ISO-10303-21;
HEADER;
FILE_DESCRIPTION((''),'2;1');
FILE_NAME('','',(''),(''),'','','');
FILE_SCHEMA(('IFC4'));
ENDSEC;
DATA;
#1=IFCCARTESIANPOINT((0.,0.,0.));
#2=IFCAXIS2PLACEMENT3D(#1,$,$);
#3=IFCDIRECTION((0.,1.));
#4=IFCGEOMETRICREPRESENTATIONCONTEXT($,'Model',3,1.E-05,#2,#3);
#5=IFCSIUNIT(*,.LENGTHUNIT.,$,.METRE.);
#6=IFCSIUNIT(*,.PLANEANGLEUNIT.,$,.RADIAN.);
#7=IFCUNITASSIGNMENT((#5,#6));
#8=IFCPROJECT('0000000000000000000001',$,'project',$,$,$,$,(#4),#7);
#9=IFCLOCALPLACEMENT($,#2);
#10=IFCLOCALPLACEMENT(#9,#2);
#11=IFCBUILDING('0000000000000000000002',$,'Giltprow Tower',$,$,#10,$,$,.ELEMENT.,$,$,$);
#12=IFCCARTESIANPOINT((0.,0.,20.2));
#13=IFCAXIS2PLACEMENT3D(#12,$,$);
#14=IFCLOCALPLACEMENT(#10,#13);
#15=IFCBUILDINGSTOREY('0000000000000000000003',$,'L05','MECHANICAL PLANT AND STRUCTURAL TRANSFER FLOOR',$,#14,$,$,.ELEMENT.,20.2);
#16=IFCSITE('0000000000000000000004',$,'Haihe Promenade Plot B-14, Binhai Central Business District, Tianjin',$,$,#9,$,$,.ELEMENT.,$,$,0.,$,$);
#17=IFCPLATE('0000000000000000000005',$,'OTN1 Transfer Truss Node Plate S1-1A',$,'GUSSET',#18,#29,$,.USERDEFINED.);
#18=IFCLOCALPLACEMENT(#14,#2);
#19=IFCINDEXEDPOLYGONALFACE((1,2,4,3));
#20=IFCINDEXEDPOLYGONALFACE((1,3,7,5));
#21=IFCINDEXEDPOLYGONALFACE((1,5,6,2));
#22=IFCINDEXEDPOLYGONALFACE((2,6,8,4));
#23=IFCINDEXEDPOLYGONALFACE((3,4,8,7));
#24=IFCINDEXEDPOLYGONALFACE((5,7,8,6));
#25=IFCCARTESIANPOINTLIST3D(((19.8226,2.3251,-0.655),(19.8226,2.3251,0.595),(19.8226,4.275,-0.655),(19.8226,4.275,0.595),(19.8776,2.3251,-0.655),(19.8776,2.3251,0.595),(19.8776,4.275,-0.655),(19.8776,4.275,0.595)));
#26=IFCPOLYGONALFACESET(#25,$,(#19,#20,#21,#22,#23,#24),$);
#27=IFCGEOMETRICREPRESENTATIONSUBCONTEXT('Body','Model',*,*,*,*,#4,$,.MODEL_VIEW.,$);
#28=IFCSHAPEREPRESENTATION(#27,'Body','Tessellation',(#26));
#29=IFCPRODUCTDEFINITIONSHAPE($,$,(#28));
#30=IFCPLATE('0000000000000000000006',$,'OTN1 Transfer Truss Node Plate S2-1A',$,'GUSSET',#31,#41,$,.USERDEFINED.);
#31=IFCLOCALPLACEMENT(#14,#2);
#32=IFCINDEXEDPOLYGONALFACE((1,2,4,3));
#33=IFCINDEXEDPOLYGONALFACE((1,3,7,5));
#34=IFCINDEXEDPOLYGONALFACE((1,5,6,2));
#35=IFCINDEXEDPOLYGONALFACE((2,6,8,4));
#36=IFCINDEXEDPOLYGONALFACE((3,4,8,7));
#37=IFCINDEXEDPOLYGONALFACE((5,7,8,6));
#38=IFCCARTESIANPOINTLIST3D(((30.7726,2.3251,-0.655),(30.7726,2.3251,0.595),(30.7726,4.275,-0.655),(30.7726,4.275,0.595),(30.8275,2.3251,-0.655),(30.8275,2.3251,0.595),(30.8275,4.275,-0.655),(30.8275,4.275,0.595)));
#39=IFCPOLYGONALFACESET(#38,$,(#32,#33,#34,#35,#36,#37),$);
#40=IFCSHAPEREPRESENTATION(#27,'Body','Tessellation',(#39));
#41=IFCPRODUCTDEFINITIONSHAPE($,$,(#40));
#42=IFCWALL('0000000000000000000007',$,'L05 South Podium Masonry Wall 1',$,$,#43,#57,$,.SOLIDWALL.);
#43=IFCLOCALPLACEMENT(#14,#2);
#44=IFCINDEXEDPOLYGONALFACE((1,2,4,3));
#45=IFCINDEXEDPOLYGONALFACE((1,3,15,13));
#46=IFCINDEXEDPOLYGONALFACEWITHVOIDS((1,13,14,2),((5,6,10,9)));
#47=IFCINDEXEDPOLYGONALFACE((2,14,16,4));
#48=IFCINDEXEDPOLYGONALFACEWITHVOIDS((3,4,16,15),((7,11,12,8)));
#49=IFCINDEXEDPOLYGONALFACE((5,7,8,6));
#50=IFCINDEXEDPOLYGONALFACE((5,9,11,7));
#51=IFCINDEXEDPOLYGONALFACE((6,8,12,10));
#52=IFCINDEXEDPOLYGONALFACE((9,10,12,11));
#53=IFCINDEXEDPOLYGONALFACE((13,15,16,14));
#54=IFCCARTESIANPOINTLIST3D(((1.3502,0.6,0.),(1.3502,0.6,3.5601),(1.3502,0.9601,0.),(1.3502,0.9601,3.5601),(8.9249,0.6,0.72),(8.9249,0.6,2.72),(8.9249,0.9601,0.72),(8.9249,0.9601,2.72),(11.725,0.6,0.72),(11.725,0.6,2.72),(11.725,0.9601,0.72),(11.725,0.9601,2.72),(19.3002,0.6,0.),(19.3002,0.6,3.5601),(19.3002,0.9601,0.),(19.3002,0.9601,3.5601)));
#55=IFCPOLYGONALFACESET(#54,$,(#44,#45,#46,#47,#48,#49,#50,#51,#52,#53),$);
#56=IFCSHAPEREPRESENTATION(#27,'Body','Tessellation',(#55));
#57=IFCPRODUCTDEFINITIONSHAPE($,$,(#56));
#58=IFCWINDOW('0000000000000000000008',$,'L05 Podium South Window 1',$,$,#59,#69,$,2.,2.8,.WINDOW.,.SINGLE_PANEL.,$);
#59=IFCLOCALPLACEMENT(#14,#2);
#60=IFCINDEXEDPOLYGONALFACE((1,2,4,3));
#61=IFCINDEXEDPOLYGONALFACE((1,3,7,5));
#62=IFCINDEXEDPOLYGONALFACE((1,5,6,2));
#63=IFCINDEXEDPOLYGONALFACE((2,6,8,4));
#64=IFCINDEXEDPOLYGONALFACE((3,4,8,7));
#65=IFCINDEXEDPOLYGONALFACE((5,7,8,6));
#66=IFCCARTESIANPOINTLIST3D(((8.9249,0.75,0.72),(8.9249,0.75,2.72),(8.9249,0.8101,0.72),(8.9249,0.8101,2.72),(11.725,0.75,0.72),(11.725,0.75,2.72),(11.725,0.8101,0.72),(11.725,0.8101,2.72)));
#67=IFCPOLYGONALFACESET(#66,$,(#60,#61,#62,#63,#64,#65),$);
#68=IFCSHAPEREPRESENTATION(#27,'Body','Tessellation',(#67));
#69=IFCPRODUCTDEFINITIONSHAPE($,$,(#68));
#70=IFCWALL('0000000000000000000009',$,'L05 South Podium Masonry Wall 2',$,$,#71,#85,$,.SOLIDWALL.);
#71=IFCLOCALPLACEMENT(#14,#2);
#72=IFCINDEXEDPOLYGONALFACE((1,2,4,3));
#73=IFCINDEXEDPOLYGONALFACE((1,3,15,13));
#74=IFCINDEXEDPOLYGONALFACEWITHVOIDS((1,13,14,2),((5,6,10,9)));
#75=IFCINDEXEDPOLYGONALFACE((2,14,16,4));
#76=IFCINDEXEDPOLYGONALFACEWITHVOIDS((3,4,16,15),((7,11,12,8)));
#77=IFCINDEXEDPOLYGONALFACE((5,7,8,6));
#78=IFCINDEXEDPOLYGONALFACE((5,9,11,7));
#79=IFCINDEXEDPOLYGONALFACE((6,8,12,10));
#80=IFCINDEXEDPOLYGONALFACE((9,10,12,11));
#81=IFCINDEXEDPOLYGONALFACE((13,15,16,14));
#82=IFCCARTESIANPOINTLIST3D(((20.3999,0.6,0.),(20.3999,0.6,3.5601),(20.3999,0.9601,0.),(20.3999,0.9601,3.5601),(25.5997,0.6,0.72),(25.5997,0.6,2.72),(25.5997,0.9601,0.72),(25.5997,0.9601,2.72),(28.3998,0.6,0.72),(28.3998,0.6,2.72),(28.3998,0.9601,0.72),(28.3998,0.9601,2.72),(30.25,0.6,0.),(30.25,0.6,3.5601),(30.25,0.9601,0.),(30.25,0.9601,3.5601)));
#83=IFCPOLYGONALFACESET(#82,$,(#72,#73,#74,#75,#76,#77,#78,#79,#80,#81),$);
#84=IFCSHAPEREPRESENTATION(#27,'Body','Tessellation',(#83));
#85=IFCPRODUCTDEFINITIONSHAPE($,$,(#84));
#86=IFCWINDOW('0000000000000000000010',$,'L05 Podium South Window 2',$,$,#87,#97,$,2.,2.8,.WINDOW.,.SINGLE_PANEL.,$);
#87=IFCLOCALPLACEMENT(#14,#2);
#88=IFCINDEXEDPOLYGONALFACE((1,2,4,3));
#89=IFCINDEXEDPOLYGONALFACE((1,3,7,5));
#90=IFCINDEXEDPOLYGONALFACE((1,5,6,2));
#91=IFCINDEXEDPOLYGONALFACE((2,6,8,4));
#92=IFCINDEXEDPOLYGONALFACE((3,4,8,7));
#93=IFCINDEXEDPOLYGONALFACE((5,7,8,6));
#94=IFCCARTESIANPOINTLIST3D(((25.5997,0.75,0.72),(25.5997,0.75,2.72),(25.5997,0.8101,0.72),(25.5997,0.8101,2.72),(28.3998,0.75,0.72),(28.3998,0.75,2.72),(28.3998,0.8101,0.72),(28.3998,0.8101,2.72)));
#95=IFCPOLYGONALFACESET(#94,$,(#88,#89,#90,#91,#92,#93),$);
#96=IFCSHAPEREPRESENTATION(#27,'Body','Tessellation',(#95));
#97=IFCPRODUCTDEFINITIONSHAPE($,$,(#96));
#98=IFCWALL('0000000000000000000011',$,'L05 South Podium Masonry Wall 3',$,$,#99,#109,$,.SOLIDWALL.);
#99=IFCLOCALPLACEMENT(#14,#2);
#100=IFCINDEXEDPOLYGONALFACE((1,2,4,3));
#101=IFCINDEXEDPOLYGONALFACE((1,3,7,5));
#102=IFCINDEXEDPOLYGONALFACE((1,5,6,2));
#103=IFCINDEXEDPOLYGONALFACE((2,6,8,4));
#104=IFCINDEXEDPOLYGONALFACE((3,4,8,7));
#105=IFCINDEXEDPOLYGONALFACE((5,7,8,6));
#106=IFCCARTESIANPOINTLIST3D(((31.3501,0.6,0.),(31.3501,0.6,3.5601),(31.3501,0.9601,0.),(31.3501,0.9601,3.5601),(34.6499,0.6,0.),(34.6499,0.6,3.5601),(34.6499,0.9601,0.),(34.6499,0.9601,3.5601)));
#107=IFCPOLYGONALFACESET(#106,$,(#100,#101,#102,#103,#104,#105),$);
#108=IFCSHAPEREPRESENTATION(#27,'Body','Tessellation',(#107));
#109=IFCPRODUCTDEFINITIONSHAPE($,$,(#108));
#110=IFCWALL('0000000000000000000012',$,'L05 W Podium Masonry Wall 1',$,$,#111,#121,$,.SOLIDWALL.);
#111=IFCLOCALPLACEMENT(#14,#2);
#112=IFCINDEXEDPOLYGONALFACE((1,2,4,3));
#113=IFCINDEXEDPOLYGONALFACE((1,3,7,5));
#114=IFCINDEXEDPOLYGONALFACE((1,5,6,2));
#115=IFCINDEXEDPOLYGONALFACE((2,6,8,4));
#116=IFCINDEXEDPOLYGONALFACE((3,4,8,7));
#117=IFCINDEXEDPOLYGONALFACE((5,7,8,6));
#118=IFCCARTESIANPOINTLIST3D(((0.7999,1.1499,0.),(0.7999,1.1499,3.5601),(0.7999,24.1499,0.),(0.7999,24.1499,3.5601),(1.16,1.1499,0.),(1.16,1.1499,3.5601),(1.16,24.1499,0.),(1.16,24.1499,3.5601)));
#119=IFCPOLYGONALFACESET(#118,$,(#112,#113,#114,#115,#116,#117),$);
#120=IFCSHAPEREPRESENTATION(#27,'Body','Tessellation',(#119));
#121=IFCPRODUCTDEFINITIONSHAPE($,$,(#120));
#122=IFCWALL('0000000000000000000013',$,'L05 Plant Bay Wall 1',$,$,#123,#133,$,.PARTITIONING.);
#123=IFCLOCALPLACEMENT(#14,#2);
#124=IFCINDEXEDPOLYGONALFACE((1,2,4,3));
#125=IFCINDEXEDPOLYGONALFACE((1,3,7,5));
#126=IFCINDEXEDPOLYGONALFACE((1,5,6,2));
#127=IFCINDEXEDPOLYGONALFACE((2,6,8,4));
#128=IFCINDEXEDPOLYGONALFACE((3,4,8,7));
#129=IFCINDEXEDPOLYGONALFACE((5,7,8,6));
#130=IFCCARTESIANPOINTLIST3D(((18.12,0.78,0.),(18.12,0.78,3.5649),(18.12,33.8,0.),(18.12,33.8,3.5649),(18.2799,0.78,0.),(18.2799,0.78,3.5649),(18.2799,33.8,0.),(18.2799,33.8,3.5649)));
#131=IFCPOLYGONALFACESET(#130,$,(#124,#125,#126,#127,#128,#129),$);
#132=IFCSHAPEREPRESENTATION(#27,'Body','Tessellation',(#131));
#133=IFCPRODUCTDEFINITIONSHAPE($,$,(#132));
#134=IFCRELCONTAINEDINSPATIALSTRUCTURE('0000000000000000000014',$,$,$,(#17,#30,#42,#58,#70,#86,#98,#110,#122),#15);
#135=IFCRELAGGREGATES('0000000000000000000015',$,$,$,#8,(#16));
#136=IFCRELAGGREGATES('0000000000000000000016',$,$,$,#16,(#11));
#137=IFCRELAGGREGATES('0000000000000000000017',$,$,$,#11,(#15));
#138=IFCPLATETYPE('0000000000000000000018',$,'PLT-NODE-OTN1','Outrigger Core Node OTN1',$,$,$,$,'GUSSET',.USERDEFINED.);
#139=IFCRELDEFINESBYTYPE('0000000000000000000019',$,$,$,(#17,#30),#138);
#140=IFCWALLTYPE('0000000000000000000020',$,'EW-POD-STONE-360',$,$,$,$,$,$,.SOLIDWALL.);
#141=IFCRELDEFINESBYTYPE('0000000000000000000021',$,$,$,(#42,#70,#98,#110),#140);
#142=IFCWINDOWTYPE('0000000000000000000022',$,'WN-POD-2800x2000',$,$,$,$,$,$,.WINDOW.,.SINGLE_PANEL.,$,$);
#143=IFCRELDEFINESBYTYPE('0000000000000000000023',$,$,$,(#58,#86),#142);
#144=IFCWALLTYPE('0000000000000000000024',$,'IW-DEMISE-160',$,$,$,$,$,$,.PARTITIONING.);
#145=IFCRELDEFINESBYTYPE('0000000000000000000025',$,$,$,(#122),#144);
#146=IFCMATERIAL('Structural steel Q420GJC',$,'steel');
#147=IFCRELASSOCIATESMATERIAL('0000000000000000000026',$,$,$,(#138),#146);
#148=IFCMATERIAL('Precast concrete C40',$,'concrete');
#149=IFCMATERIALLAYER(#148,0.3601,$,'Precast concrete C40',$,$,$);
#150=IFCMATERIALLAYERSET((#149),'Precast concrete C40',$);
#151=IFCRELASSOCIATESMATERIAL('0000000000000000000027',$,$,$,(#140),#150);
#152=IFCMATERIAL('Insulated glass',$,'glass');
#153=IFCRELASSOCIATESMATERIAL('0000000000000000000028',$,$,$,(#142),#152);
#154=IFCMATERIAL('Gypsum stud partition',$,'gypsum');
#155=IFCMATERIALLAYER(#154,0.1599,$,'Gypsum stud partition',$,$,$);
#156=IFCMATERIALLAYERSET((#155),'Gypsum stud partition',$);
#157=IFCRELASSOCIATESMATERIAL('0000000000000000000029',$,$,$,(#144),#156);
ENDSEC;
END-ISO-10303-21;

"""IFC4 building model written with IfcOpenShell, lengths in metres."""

from ifc_helpers import new_model, si_unit, direction, frame, frame_2d, origin, origin_2d, place, context, subcontext, project, spatial, rectangle, extrude, source, transform, mapped, material, layer, layer_set, type_object, element, fill, save


model = new_model("IFC4")

# Units and contexts
model_context = context("Model", 3, precision=1e-05, world=origin(), true_north=direction((0.0, 1.0)))
body_context = subcontext(model_context, "Body", "Model", "MODEL_VIEW")
ifc_project = project(units=[si_unit("LENGTHUNIT", "METRE"), si_unit("PLANEANGLEUNIT", "RADIAN")], contexts=[model_context])

# Site, building, storey
site_placement = place(None, origin())
site = spatial("IfcSite", under=ifc_project, at=site_placement, Name="Haihe Promenade Plot B-14, Binhai Central Business District, Tianjin", CompositionType="ELEMENT", RefElevation=0.0)
building_placement = place(site_placement, origin())
building = spatial("IfcBuilding", under=site, at=building_placement, Name="Giltprow Tower", CompositionType="ELEMENT")
storey_placement = place(building_placement, frame((0.0, 0.0, 20.2)))
storey = spatial("IfcBuildingStorey", under=building, at=storey_placement, Name="L05", Description="MECHANICAL PLANT AND STRUCTURAL TRANSFER FLOOR", CompositionType="ELEMENT", Elevation=20.2)

# Shared definitions
ifc_material_1 = material(Name="Structural steel Q420GJC", Category="steel")

# Plates
plate_type_1 = type_object("IfcPlateType", Name="PLT-NODE-OTN1", Description="Outrigger Core Node OTN1", ElementType="GUSSET", PredefinedType="USERDEFINED", material=ifc_material_1)
shared_shape_1 = source(origin(), body_context, "Body", "SweptSolid", [
    extrude(rectangle(XDim=1.95, YDim=0.0549, at=origin_2d()), origin(), (0.0, 0.0, 1.0), 1.25),
])
for number, where, z_axis, x_axis, name in (
    (1, (19.8501, 3.3, -0.655), (0.0, 0.0, 1.0), (0.0, 1.0, 0.0), "OTN1 Transfer Truss Node Plate S1-1A"),
    (2, (30.8, 3.3, -0.655), (0.0, 0.0, 1.0), (0.0, 1.0, 0.0), "OTN1 Transfer Truss Node Plate S2-1A"),
):
    element("IfcPlate", number, at=place(storey_placement, frame(where, z_axis=z_axis, x_axis=x_axis)), inside=storey, type_object=plate_type_1, Name=name, ObjectType="GUSSET", PredefinedType="USERDEFINED", context=body_context, shape_type="MappedRepresentation", body=[
        mapped(shared_shape_1, transform((0.0, 0.0, 0.0), x_axis=(1.0, 0.0, 0.0), y_axis=(0.0, 1.0, 0.0), z_axis=(0.0, 0.0, 1.0), scale=1.0)),
    ])

# Walls, openings, windows
ifc_material_2 = material(Name="Precast concrete C40", Category="concrete")
ifc_layer_1 = layer(ifc_material_2, 0.3601, Name="Precast concrete C40")
ifc_layer_set_1 = layer_set([ifc_layer_1], Name="Precast concrete C40")
wall_type_1 = type_object("IfcWallType", Name="EW-POD-STONE-360", PredefinedType="SOLIDWALL", material=ifc_layer_set_1)
wall_1_placement = place(storey_placement, frame((1.3501, 0.78, 0.0), z_axis=(0.0, 0.0, 1.0), x_axis=(1.0, 0.0, 0.0)))
wall_1 = element("IfcWall", 3, at=wall_1_placement, inside=storey, type_object=wall_type_1, Name="L05 South Podium Masonry Wall 1", PredefinedType="SOLIDWALL", context=body_context, shape_type="SweptSolid", body=[
    extrude(rectangle(XDim=17.95, YDim=0.3601, at=frame_2d((8.9751, 0.0))), origin(), (0.0, 0.0, 1.0), 3.5601),
])
opening_1_placement = place(wall_1_placement, frame((7.575, 0.0, 0.72)))
opening_1 = element("IfcOpeningElement", 4, at=opening_1_placement, cuts=wall_1, PredefinedType="OPENING", context=body_context, shape_type="SweptSolid", body=[
    extrude(rectangle(XDim=2.8, YDim=2.0, at=frame_2d((1.3999, 1.0))), frame((0.0, 0.1899, 0.0), z_axis=(0.0, -1.0, 0.0), x_axis=(1.0, 0.0, 0.0)), (0.0, 0.0, 1.0), 0.3801),
])
ifc_material_3 = material(Name="Insulated glass", Category="glass")
window_type = type_object("IfcWindowType", Name="WN-POD-2800x2000", PartitioningType="SINGLE_PANEL", PredefinedType="WINDOW", material=ifc_material_3)
shared_shape_2 = source(origin(), body_context, "Body", "SweptSolid", [
    extrude(rectangle(XDim=2.8, YDim=2.0, at=frame_2d((1.3999, 1.0))), frame((0.0, 0.03, 0.0), z_axis=(0.0, -1.0, 0.0), x_axis=(1.0, 0.0, 0.0)), (0.0, 0.0, 1.0), 0.0601),
])
window_1_placement = place(opening_1_placement, origin())
window_1 = element("IfcWindow", 5, at=window_1_placement, inside=storey, type_object=window_type, Name="L05 Podium South Window 1", OverallHeight=2.0, OverallWidth=2.8, PartitioningType="SINGLE_PANEL", PredefinedType="WINDOW", context=body_context, shape_type="MappedRepresentation", body=[
    mapped(shared_shape_2, transform((0.0, 0.0, 0.0), x_axis=(1.0, 0.0, 0.0), y_axis=(0.0, 1.0, 0.0), z_axis=(0.0, 0.0, 1.0), scale=1.0)),
])
fill(opening_1, window_1)
wall_2_placement = place(storey_placement, frame((20.3999, 0.78, 0.0), z_axis=(0.0, 0.0, 1.0), x_axis=(1.0, 0.0, 0.0)))
wall_2 = element("IfcWall", 6, at=wall_2_placement, inside=storey, type_object=wall_type_1, Name="L05 South Podium Masonry Wall 2", PredefinedType="SOLIDWALL", context=body_context, shape_type="SweptSolid", body=[
    extrude(rectangle(XDim=9.8501, YDim=0.3601, at=frame_2d((4.925, 0.0))), origin(), (0.0, 0.0, 1.0), 3.5601),
])
opening_2_placement = place(wall_2_placement, frame((5.2, 0.0, 0.72)))
opening_2 = element("IfcOpeningElement", 7, at=opening_2_placement, cuts=wall_2, PredefinedType="OPENING", context=body_context, shape_type="SweptSolid", body=[
    extrude(rectangle(XDim=2.8, YDim=2.0, at=frame_2d((1.3999, 1.0))), frame((0.0, 0.1899, 0.0), z_axis=(0.0, -1.0, 0.0), x_axis=(1.0, 0.0, 0.0)), (0.0, 0.0, 1.0), 0.3801),
])
window_2_placement = place(opening_2_placement, origin())
window_2 = element("IfcWindow", 8, at=window_2_placement, inside=storey, type_object=window_type, Name="L05 Podium South Window 2", OverallHeight=2.0, OverallWidth=2.8, PartitioningType="SINGLE_PANEL", PredefinedType="WINDOW", context=body_context, shape_type="MappedRepresentation", body=[
    mapped(shared_shape_2, transform((0.0, 0.0, 0.0), x_axis=(1.0, 0.0, 0.0), y_axis=(0.0, 1.0, 0.0), z_axis=(0.0, 0.0, 1.0), scale=1.0)),
])
fill(opening_2, window_2)

# Walls
wall_3_placement = place(storey_placement, frame((31.3501, 0.78, 0.0), z_axis=(0.0, 0.0, 1.0), x_axis=(1.0, 0.0, 0.0)))
element("IfcWall", 9, at=wall_3_placement, inside=storey, type_object=wall_type_1, Name="L05 South Podium Masonry Wall 3", PredefinedType="SOLIDWALL", context=body_context, shape_type="SweptSolid", body=[
    extrude(rectangle(XDim=3.2998, YDim=0.3601, at=frame_2d((1.6499, 0.0))), origin(), (0.0, 0.0, 1.0), 3.5601),
])
wall_4_placement = place(storey_placement, frame((0.98, 1.1499, 0.0), z_axis=(0.0, 0.0, 1.0), x_axis=(0.0, 1.0, 0.0)))
element("IfcWall", 10, at=wall_4_placement, inside=storey, type_object=wall_type_1, Name="L05 W Podium Masonry Wall 1", PredefinedType="SOLIDWALL", context=body_context, shape_type="SweptSolid", body=[
    extrude(rectangle(XDim=23.0, YDim=0.3601, at=frame_2d((11.5, 0.0))), origin(), (0.0, 0.0, 1.0), 3.5601),
])
ifc_material_4 = material(Name="Gypsum stud partition", Category="gypsum")
ifc_layer_2 = layer(ifc_material_4, 0.1599, Name="Gypsum stud partition")
ifc_layer_set_2 = layer_set([ifc_layer_2], Name="Gypsum stud partition")
wall_type_2 = type_object("IfcWallType", Name="IW-DEMISE-160", PredefinedType="PARTITIONING", material=ifc_layer_set_2)
wall_5_placement = place(storey_placement, frame((18.2, 0.78, 0.0), z_axis=(0.0, 0.0, 1.0), x_axis=(0.0, 1.0, 0.0)))
element("IfcWall", 11, at=wall_5_placement, inside=storey, type_object=wall_type_2, Name="L05 Plant Bay Wall 1", PredefinedType="PARTITIONING", context=body_context, shape_type="SweptSolid", body=[
    extrude(rectangle(XDim=33.02, YDim=0.1599, at=frame_2d((16.51, 0.0))), origin(), (0.0, 0.0, 1.0), 3.5649),
])

save(model, "model.ifc")
